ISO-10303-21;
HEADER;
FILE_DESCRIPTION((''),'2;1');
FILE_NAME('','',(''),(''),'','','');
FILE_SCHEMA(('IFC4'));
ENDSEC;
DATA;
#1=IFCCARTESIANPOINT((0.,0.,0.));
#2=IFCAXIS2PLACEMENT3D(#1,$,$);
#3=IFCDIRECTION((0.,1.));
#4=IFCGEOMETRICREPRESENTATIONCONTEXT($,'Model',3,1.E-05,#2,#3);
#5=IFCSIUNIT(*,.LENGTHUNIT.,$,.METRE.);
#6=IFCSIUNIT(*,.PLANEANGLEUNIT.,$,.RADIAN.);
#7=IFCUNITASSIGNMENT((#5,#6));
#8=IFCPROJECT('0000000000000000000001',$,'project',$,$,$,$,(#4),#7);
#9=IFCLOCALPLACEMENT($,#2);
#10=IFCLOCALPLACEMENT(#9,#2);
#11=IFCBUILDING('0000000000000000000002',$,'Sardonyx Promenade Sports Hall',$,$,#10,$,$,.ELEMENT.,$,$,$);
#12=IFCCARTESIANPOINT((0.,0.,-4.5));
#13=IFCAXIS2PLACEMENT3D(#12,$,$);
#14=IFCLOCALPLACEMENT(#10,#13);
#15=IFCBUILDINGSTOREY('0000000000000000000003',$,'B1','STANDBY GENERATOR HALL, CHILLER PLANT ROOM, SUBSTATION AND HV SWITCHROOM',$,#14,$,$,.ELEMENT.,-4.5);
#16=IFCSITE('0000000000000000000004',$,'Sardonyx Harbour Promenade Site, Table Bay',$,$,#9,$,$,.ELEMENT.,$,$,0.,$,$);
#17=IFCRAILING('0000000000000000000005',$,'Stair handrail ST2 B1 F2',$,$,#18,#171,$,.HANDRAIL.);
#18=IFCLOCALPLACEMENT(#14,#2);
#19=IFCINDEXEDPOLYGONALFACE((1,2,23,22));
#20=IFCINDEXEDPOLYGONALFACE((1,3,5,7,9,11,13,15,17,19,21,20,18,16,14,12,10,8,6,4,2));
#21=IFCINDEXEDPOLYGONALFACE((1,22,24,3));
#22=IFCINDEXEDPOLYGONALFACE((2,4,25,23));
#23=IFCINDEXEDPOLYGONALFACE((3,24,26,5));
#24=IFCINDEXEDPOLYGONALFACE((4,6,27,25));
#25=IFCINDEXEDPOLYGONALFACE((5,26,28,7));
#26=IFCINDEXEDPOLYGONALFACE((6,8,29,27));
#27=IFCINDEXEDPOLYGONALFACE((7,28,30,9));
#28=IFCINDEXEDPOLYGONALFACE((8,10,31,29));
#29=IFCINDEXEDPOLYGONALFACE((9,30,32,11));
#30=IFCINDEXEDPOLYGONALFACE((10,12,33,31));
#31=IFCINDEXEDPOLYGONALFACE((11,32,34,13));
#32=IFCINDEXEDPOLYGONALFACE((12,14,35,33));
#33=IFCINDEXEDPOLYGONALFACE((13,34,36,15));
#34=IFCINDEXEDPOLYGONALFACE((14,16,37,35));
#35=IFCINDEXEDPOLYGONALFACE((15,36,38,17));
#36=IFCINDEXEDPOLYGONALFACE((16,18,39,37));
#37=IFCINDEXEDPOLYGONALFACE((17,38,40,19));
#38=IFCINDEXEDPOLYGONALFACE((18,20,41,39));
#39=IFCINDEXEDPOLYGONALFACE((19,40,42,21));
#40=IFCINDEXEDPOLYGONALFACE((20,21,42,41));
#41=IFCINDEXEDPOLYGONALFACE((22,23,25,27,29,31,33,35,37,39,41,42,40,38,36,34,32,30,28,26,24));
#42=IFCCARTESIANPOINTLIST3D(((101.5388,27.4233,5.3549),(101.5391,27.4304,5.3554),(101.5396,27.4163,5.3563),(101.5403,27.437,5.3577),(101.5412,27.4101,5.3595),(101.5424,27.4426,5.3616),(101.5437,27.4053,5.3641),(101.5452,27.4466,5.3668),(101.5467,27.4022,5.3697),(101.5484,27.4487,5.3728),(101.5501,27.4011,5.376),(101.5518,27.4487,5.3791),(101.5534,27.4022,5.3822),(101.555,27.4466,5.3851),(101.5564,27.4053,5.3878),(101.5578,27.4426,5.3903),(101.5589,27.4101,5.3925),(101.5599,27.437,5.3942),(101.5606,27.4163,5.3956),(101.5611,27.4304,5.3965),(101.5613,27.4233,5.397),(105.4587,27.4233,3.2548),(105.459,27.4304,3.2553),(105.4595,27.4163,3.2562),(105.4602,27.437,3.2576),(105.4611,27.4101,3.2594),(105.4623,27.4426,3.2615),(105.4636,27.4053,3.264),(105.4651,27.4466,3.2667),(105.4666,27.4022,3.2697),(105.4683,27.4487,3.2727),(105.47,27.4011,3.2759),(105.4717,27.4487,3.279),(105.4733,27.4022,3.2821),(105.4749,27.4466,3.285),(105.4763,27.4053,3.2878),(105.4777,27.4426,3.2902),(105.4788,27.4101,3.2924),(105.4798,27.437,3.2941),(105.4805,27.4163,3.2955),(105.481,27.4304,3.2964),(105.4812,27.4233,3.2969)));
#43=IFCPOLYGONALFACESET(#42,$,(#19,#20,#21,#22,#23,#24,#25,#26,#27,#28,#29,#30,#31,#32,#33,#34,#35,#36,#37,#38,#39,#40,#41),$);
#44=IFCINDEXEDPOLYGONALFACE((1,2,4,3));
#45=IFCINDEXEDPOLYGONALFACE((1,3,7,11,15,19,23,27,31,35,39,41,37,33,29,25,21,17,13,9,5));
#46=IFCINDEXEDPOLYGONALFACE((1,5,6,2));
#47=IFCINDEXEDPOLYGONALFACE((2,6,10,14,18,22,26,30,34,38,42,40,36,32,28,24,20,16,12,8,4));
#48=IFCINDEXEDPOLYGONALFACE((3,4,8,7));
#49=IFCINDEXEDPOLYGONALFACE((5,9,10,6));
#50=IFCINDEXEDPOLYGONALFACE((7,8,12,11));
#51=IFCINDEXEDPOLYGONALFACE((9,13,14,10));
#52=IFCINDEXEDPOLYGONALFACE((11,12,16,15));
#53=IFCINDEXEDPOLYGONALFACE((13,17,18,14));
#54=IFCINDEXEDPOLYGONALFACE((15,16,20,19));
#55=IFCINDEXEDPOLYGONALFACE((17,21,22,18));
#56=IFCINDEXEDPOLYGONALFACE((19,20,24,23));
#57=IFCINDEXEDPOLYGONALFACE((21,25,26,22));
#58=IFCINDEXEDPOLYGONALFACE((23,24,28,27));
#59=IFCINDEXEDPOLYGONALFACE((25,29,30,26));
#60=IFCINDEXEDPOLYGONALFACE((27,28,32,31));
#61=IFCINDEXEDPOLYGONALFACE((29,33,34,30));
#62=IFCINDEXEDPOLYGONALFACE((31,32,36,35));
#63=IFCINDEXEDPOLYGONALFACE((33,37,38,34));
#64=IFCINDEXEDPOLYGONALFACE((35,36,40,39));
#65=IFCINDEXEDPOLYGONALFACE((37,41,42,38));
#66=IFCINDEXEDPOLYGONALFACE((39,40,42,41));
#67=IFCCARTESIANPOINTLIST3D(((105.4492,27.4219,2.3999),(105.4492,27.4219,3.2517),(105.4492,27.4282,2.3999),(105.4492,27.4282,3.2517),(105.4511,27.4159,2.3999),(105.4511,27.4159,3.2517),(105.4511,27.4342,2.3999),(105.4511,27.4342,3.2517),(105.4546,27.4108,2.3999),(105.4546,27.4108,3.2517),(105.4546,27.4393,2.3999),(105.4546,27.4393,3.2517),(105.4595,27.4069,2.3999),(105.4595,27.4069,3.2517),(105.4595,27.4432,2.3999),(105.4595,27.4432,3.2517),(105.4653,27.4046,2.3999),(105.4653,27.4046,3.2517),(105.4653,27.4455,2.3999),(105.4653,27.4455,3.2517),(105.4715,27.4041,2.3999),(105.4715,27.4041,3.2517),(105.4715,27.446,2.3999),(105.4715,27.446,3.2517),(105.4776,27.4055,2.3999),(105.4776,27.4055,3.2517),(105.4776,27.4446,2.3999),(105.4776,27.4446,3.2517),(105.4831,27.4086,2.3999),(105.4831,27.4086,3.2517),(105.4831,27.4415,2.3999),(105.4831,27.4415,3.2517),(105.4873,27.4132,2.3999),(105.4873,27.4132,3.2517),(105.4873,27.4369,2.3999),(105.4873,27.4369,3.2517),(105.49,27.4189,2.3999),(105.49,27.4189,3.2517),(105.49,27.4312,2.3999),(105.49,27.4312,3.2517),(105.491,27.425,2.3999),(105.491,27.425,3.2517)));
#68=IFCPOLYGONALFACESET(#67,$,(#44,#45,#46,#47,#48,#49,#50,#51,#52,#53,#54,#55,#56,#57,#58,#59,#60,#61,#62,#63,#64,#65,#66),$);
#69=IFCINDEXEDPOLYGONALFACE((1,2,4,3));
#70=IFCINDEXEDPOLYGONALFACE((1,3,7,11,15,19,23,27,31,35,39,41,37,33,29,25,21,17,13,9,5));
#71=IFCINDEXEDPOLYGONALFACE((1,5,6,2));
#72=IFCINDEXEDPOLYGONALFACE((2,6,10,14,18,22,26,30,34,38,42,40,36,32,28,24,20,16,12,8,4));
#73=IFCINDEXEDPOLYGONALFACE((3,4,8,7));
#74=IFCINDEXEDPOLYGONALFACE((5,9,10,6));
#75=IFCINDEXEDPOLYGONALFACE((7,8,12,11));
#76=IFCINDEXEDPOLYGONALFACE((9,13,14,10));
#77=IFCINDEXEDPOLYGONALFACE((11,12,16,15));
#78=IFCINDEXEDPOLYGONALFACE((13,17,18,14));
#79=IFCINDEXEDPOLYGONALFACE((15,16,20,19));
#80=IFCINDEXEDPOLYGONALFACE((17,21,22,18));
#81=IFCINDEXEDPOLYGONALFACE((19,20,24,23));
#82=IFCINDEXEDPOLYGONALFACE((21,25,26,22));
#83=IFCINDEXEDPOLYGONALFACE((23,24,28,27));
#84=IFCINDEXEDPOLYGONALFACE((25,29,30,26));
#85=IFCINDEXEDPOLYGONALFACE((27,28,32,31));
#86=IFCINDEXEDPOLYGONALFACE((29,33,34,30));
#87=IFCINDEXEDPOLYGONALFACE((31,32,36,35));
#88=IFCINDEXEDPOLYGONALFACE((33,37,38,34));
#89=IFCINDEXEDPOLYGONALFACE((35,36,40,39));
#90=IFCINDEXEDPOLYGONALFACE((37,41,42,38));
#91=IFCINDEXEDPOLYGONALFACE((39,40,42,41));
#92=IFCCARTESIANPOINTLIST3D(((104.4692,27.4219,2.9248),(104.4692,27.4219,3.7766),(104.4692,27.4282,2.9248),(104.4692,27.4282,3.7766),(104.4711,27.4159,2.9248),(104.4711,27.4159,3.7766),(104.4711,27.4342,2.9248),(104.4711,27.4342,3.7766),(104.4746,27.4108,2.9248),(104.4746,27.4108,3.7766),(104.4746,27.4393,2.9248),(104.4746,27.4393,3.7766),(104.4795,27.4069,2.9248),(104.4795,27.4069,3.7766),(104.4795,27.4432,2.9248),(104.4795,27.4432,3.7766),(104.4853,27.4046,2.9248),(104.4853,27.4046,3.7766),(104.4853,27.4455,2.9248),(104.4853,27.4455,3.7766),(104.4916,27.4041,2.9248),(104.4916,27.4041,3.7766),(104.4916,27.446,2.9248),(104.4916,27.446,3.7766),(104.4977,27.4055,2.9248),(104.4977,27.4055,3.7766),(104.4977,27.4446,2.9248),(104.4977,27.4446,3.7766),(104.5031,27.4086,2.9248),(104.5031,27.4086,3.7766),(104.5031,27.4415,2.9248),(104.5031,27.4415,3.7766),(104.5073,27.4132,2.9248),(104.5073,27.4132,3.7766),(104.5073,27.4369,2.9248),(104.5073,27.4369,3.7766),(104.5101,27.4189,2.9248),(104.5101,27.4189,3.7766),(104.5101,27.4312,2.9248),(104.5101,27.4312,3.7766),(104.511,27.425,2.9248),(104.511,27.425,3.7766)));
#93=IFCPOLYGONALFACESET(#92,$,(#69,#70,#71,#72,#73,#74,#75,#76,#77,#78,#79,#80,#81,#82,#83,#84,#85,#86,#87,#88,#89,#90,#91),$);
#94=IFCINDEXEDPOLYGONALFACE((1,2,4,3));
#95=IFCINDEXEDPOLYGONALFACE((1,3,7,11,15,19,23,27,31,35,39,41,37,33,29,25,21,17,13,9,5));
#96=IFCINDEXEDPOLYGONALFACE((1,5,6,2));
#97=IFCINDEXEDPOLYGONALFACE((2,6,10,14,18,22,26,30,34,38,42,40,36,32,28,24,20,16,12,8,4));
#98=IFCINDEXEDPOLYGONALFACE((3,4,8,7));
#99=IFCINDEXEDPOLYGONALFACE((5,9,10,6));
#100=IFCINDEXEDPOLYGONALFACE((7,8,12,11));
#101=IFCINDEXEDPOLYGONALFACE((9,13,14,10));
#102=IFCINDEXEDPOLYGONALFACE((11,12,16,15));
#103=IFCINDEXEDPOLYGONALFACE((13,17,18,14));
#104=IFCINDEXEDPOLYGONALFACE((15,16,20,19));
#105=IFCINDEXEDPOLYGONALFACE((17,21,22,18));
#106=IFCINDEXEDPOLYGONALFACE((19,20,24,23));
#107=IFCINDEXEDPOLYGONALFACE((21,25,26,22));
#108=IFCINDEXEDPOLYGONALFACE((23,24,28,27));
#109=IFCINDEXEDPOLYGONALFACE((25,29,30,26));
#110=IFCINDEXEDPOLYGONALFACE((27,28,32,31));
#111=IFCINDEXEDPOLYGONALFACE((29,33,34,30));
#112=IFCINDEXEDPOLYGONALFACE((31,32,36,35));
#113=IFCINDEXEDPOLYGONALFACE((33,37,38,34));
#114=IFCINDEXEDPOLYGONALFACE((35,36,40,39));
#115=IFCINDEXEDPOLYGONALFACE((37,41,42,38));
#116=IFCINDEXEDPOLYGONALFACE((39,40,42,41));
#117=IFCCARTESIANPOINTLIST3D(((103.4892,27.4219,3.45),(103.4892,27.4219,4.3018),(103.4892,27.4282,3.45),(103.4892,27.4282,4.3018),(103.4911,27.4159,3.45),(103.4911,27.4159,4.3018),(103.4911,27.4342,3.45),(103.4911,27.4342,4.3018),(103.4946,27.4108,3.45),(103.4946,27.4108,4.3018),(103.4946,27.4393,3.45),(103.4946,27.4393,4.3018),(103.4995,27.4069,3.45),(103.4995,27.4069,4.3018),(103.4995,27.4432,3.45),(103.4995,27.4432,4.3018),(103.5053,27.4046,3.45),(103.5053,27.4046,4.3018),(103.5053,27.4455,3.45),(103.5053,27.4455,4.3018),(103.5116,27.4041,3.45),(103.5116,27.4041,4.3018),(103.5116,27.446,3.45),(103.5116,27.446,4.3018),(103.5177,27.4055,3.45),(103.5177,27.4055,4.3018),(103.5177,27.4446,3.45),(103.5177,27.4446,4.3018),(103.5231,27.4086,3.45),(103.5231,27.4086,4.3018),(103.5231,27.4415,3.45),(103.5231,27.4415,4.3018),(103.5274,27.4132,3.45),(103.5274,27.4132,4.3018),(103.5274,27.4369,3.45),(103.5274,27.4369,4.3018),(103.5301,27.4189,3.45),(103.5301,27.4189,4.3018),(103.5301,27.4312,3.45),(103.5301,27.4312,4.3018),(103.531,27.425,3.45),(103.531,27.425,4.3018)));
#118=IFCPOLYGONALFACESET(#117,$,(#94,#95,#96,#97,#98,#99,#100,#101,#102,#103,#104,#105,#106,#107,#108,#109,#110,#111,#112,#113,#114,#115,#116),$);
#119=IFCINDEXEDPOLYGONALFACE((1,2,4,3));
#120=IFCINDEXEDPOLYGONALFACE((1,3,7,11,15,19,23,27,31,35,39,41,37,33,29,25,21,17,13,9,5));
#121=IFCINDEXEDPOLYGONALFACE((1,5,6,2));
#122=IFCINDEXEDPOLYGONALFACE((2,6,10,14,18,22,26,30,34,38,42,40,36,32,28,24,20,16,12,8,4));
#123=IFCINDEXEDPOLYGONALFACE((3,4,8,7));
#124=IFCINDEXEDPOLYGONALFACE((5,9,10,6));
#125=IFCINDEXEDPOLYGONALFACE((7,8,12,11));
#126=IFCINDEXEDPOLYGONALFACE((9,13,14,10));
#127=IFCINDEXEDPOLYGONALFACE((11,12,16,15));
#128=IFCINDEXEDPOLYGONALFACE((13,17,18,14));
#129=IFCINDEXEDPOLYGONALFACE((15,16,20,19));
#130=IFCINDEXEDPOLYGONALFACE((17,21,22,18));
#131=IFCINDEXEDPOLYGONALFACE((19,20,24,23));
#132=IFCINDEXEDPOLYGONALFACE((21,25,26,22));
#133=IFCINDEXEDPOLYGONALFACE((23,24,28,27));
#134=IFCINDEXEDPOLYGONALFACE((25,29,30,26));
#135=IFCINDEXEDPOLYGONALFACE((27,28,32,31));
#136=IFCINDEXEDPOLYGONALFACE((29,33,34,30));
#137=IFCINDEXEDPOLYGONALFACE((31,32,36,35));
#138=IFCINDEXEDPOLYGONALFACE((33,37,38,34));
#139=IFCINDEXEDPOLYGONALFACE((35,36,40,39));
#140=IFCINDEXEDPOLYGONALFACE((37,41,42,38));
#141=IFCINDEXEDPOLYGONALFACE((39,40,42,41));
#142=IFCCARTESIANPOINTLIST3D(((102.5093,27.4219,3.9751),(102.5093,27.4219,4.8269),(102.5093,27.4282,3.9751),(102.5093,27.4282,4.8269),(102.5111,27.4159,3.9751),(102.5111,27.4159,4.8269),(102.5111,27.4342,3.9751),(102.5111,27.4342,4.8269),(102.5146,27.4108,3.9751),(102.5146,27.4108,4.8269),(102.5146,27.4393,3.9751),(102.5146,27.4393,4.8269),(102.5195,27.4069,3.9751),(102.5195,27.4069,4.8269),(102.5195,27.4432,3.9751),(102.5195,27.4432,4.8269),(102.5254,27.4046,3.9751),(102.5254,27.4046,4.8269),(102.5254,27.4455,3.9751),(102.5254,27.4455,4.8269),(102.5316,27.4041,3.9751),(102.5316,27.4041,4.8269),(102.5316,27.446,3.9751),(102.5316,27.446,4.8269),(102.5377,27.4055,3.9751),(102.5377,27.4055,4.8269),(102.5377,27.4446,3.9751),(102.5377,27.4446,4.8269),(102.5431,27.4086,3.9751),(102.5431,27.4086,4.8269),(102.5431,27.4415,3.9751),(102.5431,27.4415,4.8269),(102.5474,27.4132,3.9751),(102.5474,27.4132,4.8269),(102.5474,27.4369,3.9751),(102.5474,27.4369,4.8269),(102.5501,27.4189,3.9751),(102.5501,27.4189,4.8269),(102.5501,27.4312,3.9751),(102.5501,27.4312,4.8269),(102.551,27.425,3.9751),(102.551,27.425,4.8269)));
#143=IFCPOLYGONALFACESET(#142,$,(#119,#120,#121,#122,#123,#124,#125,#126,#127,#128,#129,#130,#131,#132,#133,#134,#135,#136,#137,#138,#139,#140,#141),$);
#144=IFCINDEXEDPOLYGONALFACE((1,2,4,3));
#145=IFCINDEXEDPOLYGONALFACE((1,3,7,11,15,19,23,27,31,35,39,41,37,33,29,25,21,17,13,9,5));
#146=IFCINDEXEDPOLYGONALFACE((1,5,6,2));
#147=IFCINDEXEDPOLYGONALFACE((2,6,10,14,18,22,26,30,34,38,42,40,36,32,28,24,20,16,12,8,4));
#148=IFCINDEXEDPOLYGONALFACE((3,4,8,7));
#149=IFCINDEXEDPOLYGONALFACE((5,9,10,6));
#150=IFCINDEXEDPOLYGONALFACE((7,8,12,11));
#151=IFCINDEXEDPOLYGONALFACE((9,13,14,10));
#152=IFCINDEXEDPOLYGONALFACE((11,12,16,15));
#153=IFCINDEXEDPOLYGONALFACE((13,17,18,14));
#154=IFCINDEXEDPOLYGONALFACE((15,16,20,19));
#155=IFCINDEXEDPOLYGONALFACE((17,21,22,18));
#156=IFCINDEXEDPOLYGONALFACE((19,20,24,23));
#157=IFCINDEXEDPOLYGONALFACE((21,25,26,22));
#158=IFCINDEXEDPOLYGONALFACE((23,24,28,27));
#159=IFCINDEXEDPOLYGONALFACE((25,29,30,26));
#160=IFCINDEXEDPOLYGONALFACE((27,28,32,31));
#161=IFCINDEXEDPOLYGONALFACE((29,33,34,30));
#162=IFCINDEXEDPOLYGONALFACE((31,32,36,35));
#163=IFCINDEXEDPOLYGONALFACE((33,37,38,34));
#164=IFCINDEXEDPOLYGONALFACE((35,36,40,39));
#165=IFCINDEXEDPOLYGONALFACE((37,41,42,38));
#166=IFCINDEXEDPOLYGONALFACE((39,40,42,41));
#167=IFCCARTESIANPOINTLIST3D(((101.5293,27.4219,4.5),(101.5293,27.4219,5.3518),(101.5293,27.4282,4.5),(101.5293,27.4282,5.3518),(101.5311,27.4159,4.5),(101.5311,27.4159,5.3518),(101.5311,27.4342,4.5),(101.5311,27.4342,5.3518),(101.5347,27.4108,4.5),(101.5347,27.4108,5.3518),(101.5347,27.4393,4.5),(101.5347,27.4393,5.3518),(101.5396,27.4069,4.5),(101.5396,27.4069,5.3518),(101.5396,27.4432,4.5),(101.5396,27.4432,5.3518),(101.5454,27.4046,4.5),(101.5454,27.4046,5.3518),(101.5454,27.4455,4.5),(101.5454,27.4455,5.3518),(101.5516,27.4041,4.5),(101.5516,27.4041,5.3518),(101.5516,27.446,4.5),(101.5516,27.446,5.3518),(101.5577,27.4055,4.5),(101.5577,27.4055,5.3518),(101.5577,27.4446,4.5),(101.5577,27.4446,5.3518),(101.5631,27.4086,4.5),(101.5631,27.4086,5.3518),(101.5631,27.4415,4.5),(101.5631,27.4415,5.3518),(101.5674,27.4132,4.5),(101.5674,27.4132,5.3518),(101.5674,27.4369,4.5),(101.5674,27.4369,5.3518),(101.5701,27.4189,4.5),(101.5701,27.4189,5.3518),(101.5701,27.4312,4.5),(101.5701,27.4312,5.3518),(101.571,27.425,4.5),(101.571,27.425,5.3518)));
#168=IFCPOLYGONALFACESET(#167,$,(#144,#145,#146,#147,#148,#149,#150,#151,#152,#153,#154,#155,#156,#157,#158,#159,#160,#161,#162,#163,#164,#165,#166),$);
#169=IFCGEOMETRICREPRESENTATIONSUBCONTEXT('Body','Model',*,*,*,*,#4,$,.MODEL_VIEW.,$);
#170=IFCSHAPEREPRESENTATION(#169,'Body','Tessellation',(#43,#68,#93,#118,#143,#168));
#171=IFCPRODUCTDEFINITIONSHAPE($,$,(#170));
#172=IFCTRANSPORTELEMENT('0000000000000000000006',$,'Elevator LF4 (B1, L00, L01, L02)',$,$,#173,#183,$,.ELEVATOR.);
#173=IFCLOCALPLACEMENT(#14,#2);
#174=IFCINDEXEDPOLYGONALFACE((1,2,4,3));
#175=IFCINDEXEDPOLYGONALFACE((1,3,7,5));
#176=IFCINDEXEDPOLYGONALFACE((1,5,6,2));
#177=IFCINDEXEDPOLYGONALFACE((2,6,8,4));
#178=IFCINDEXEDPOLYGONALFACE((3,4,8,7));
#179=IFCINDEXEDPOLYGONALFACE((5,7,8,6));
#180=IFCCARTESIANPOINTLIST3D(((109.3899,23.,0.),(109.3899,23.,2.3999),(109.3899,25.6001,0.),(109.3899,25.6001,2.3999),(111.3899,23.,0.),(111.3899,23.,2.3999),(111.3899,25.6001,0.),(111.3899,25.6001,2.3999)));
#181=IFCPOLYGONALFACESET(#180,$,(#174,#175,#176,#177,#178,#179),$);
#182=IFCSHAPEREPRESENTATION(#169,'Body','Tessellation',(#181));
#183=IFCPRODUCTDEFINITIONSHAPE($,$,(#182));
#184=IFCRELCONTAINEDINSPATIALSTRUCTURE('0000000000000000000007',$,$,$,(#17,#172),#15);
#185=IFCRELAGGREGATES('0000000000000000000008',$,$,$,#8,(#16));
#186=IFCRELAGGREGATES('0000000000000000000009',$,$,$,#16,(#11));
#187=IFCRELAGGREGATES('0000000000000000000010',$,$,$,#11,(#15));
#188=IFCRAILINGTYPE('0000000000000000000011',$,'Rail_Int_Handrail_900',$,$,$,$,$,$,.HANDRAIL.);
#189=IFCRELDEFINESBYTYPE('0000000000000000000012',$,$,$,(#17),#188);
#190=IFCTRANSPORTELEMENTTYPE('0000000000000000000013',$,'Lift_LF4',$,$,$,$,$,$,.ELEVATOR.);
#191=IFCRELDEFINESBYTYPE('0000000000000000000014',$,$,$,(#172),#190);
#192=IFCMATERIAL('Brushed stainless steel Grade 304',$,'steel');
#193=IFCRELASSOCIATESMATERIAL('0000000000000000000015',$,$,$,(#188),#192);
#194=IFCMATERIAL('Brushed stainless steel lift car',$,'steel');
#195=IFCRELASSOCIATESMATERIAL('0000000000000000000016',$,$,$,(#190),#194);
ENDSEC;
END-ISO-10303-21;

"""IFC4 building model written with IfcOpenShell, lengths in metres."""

from ifc_helpers import new_model, si_unit, direction, frame, origin, origin_2d, place, context, subcontext, project, spatial, rectangle, circle, extrude, material, type_object, element, save


model = new_model("IFC4")

# Units and contexts
model_context = context("Model", 3, precision=1e-05, world=origin(), true_north=direction((0.0, 1.0)))
body_context = subcontext(model_context, "Body", "Model", "MODEL_VIEW")
ifc_project = project(units=[si_unit("LENGTHUNIT", "METRE"), si_unit("PLANEANGLEUNIT", "RADIAN")], contexts=[model_context])

# Site, building, storey
site_placement = place(None, origin())
site = spatial("IfcSite", under=ifc_project, at=site_placement, Name="Sardonyx Harbour Promenade Site, Table Bay", CompositionType="ELEMENT", RefElevation=0.0)
building_placement = place(site_placement, origin())
building = spatial("IfcBuilding", under=site, at=building_placement, Name="Sardonyx Promenade Sports Hall", CompositionType="ELEMENT")
storey_placement = place(building_placement, frame((0.0, 0.0, -4.5)))
storey = spatial("IfcBuildingStorey", under=building, at=storey_placement, Name="B1", Description="STANDBY GENERATOR HALL, CHILLER PLANT ROOM, SUBSTATION AND HV SWITCHROOM", CompositionType="ELEMENT", Elevation=-4.5)

# Railing
ifc_material_1 = material(Name="Brushed stainless steel Grade 304", Category="steel")
railing_type_1 = type_object("IfcRailingType", Name="Rail_Int_Handrail_900", PredefinedType="HANDRAIL", material=ifc_material_1)
railing_1_placement = place(storey_placement, frame((105.47, 27.425, 2.3999)))
element("IfcRailing", 1, at=railing_1_placement, inside=storey, type_object=railing_type_1, Name="Stair handrail ST2 B1 F2", PredefinedType="HANDRAIL", context=body_context, shape_type="SweptSolid", body=[
    extrude(circle(Radius=0.0239, at=origin_2d()), frame((0.0, 0.0, 0.876), z_axis=(-0.881467, 0.0, 0.472246), x_axis=(0.0, -1.0, 0.0)), (0.0, 0.0, 1.0), 4.447),
    extrude(circle(Radius=0.021, at=origin_2d()), origin(), (0.0, 0.0, 1.0), 0.8518),
    extrude(circle(Radius=0.021, at=origin_2d()), frame((-0.98, 0.0, 0.5249)), (0.0, 0.0, 1.0), 0.8518),
    extrude(circle(Radius=0.021, at=origin_2d()), frame((-1.96, 0.0, 1.05)), (0.0, 0.0, 1.0), 0.8518),
    extrude(circle(Radius=0.021, at=origin_2d()), frame((-2.9399, 0.0, 1.5752)), (0.0, 0.0, 1.0), 0.8518),
    extrude(circle(Radius=0.021, at=origin_2d()), frame((-3.9199, 0.0, 2.1001)), (0.0, 0.0, 1.0), 0.8518),
])

# Transport element
ifc_material_2 = material(Name="Brushed stainless steel lift car", Category="steel")
transport_element_type = type_object("IfcTransportElementType", Name="Lift_LF4", PredefinedType="ELEVATOR", material=ifc_material_2)
transport_element_placement = place(storey_placement, frame((110.3899, 24.3, 0.0), z_axis=(0.0, 0.0, 1.0), x_axis=(1.0, 0.0, 0.0)))
element("IfcTransportElement", 2, at=transport_element_placement, inside=storey, type_object=transport_element_type, Name="Elevator LF4 (B1, L00, L01, L02)", PredefinedType="ELEVATOR", context=body_context, shape_type="SweptSolid", body=[
    extrude(rectangle(XDim=2.0, YDim=2.6001, at=origin_2d()), origin(), (0.0, 0.0, 1.0), 2.3999),
])

save(model, "model.ifc")
